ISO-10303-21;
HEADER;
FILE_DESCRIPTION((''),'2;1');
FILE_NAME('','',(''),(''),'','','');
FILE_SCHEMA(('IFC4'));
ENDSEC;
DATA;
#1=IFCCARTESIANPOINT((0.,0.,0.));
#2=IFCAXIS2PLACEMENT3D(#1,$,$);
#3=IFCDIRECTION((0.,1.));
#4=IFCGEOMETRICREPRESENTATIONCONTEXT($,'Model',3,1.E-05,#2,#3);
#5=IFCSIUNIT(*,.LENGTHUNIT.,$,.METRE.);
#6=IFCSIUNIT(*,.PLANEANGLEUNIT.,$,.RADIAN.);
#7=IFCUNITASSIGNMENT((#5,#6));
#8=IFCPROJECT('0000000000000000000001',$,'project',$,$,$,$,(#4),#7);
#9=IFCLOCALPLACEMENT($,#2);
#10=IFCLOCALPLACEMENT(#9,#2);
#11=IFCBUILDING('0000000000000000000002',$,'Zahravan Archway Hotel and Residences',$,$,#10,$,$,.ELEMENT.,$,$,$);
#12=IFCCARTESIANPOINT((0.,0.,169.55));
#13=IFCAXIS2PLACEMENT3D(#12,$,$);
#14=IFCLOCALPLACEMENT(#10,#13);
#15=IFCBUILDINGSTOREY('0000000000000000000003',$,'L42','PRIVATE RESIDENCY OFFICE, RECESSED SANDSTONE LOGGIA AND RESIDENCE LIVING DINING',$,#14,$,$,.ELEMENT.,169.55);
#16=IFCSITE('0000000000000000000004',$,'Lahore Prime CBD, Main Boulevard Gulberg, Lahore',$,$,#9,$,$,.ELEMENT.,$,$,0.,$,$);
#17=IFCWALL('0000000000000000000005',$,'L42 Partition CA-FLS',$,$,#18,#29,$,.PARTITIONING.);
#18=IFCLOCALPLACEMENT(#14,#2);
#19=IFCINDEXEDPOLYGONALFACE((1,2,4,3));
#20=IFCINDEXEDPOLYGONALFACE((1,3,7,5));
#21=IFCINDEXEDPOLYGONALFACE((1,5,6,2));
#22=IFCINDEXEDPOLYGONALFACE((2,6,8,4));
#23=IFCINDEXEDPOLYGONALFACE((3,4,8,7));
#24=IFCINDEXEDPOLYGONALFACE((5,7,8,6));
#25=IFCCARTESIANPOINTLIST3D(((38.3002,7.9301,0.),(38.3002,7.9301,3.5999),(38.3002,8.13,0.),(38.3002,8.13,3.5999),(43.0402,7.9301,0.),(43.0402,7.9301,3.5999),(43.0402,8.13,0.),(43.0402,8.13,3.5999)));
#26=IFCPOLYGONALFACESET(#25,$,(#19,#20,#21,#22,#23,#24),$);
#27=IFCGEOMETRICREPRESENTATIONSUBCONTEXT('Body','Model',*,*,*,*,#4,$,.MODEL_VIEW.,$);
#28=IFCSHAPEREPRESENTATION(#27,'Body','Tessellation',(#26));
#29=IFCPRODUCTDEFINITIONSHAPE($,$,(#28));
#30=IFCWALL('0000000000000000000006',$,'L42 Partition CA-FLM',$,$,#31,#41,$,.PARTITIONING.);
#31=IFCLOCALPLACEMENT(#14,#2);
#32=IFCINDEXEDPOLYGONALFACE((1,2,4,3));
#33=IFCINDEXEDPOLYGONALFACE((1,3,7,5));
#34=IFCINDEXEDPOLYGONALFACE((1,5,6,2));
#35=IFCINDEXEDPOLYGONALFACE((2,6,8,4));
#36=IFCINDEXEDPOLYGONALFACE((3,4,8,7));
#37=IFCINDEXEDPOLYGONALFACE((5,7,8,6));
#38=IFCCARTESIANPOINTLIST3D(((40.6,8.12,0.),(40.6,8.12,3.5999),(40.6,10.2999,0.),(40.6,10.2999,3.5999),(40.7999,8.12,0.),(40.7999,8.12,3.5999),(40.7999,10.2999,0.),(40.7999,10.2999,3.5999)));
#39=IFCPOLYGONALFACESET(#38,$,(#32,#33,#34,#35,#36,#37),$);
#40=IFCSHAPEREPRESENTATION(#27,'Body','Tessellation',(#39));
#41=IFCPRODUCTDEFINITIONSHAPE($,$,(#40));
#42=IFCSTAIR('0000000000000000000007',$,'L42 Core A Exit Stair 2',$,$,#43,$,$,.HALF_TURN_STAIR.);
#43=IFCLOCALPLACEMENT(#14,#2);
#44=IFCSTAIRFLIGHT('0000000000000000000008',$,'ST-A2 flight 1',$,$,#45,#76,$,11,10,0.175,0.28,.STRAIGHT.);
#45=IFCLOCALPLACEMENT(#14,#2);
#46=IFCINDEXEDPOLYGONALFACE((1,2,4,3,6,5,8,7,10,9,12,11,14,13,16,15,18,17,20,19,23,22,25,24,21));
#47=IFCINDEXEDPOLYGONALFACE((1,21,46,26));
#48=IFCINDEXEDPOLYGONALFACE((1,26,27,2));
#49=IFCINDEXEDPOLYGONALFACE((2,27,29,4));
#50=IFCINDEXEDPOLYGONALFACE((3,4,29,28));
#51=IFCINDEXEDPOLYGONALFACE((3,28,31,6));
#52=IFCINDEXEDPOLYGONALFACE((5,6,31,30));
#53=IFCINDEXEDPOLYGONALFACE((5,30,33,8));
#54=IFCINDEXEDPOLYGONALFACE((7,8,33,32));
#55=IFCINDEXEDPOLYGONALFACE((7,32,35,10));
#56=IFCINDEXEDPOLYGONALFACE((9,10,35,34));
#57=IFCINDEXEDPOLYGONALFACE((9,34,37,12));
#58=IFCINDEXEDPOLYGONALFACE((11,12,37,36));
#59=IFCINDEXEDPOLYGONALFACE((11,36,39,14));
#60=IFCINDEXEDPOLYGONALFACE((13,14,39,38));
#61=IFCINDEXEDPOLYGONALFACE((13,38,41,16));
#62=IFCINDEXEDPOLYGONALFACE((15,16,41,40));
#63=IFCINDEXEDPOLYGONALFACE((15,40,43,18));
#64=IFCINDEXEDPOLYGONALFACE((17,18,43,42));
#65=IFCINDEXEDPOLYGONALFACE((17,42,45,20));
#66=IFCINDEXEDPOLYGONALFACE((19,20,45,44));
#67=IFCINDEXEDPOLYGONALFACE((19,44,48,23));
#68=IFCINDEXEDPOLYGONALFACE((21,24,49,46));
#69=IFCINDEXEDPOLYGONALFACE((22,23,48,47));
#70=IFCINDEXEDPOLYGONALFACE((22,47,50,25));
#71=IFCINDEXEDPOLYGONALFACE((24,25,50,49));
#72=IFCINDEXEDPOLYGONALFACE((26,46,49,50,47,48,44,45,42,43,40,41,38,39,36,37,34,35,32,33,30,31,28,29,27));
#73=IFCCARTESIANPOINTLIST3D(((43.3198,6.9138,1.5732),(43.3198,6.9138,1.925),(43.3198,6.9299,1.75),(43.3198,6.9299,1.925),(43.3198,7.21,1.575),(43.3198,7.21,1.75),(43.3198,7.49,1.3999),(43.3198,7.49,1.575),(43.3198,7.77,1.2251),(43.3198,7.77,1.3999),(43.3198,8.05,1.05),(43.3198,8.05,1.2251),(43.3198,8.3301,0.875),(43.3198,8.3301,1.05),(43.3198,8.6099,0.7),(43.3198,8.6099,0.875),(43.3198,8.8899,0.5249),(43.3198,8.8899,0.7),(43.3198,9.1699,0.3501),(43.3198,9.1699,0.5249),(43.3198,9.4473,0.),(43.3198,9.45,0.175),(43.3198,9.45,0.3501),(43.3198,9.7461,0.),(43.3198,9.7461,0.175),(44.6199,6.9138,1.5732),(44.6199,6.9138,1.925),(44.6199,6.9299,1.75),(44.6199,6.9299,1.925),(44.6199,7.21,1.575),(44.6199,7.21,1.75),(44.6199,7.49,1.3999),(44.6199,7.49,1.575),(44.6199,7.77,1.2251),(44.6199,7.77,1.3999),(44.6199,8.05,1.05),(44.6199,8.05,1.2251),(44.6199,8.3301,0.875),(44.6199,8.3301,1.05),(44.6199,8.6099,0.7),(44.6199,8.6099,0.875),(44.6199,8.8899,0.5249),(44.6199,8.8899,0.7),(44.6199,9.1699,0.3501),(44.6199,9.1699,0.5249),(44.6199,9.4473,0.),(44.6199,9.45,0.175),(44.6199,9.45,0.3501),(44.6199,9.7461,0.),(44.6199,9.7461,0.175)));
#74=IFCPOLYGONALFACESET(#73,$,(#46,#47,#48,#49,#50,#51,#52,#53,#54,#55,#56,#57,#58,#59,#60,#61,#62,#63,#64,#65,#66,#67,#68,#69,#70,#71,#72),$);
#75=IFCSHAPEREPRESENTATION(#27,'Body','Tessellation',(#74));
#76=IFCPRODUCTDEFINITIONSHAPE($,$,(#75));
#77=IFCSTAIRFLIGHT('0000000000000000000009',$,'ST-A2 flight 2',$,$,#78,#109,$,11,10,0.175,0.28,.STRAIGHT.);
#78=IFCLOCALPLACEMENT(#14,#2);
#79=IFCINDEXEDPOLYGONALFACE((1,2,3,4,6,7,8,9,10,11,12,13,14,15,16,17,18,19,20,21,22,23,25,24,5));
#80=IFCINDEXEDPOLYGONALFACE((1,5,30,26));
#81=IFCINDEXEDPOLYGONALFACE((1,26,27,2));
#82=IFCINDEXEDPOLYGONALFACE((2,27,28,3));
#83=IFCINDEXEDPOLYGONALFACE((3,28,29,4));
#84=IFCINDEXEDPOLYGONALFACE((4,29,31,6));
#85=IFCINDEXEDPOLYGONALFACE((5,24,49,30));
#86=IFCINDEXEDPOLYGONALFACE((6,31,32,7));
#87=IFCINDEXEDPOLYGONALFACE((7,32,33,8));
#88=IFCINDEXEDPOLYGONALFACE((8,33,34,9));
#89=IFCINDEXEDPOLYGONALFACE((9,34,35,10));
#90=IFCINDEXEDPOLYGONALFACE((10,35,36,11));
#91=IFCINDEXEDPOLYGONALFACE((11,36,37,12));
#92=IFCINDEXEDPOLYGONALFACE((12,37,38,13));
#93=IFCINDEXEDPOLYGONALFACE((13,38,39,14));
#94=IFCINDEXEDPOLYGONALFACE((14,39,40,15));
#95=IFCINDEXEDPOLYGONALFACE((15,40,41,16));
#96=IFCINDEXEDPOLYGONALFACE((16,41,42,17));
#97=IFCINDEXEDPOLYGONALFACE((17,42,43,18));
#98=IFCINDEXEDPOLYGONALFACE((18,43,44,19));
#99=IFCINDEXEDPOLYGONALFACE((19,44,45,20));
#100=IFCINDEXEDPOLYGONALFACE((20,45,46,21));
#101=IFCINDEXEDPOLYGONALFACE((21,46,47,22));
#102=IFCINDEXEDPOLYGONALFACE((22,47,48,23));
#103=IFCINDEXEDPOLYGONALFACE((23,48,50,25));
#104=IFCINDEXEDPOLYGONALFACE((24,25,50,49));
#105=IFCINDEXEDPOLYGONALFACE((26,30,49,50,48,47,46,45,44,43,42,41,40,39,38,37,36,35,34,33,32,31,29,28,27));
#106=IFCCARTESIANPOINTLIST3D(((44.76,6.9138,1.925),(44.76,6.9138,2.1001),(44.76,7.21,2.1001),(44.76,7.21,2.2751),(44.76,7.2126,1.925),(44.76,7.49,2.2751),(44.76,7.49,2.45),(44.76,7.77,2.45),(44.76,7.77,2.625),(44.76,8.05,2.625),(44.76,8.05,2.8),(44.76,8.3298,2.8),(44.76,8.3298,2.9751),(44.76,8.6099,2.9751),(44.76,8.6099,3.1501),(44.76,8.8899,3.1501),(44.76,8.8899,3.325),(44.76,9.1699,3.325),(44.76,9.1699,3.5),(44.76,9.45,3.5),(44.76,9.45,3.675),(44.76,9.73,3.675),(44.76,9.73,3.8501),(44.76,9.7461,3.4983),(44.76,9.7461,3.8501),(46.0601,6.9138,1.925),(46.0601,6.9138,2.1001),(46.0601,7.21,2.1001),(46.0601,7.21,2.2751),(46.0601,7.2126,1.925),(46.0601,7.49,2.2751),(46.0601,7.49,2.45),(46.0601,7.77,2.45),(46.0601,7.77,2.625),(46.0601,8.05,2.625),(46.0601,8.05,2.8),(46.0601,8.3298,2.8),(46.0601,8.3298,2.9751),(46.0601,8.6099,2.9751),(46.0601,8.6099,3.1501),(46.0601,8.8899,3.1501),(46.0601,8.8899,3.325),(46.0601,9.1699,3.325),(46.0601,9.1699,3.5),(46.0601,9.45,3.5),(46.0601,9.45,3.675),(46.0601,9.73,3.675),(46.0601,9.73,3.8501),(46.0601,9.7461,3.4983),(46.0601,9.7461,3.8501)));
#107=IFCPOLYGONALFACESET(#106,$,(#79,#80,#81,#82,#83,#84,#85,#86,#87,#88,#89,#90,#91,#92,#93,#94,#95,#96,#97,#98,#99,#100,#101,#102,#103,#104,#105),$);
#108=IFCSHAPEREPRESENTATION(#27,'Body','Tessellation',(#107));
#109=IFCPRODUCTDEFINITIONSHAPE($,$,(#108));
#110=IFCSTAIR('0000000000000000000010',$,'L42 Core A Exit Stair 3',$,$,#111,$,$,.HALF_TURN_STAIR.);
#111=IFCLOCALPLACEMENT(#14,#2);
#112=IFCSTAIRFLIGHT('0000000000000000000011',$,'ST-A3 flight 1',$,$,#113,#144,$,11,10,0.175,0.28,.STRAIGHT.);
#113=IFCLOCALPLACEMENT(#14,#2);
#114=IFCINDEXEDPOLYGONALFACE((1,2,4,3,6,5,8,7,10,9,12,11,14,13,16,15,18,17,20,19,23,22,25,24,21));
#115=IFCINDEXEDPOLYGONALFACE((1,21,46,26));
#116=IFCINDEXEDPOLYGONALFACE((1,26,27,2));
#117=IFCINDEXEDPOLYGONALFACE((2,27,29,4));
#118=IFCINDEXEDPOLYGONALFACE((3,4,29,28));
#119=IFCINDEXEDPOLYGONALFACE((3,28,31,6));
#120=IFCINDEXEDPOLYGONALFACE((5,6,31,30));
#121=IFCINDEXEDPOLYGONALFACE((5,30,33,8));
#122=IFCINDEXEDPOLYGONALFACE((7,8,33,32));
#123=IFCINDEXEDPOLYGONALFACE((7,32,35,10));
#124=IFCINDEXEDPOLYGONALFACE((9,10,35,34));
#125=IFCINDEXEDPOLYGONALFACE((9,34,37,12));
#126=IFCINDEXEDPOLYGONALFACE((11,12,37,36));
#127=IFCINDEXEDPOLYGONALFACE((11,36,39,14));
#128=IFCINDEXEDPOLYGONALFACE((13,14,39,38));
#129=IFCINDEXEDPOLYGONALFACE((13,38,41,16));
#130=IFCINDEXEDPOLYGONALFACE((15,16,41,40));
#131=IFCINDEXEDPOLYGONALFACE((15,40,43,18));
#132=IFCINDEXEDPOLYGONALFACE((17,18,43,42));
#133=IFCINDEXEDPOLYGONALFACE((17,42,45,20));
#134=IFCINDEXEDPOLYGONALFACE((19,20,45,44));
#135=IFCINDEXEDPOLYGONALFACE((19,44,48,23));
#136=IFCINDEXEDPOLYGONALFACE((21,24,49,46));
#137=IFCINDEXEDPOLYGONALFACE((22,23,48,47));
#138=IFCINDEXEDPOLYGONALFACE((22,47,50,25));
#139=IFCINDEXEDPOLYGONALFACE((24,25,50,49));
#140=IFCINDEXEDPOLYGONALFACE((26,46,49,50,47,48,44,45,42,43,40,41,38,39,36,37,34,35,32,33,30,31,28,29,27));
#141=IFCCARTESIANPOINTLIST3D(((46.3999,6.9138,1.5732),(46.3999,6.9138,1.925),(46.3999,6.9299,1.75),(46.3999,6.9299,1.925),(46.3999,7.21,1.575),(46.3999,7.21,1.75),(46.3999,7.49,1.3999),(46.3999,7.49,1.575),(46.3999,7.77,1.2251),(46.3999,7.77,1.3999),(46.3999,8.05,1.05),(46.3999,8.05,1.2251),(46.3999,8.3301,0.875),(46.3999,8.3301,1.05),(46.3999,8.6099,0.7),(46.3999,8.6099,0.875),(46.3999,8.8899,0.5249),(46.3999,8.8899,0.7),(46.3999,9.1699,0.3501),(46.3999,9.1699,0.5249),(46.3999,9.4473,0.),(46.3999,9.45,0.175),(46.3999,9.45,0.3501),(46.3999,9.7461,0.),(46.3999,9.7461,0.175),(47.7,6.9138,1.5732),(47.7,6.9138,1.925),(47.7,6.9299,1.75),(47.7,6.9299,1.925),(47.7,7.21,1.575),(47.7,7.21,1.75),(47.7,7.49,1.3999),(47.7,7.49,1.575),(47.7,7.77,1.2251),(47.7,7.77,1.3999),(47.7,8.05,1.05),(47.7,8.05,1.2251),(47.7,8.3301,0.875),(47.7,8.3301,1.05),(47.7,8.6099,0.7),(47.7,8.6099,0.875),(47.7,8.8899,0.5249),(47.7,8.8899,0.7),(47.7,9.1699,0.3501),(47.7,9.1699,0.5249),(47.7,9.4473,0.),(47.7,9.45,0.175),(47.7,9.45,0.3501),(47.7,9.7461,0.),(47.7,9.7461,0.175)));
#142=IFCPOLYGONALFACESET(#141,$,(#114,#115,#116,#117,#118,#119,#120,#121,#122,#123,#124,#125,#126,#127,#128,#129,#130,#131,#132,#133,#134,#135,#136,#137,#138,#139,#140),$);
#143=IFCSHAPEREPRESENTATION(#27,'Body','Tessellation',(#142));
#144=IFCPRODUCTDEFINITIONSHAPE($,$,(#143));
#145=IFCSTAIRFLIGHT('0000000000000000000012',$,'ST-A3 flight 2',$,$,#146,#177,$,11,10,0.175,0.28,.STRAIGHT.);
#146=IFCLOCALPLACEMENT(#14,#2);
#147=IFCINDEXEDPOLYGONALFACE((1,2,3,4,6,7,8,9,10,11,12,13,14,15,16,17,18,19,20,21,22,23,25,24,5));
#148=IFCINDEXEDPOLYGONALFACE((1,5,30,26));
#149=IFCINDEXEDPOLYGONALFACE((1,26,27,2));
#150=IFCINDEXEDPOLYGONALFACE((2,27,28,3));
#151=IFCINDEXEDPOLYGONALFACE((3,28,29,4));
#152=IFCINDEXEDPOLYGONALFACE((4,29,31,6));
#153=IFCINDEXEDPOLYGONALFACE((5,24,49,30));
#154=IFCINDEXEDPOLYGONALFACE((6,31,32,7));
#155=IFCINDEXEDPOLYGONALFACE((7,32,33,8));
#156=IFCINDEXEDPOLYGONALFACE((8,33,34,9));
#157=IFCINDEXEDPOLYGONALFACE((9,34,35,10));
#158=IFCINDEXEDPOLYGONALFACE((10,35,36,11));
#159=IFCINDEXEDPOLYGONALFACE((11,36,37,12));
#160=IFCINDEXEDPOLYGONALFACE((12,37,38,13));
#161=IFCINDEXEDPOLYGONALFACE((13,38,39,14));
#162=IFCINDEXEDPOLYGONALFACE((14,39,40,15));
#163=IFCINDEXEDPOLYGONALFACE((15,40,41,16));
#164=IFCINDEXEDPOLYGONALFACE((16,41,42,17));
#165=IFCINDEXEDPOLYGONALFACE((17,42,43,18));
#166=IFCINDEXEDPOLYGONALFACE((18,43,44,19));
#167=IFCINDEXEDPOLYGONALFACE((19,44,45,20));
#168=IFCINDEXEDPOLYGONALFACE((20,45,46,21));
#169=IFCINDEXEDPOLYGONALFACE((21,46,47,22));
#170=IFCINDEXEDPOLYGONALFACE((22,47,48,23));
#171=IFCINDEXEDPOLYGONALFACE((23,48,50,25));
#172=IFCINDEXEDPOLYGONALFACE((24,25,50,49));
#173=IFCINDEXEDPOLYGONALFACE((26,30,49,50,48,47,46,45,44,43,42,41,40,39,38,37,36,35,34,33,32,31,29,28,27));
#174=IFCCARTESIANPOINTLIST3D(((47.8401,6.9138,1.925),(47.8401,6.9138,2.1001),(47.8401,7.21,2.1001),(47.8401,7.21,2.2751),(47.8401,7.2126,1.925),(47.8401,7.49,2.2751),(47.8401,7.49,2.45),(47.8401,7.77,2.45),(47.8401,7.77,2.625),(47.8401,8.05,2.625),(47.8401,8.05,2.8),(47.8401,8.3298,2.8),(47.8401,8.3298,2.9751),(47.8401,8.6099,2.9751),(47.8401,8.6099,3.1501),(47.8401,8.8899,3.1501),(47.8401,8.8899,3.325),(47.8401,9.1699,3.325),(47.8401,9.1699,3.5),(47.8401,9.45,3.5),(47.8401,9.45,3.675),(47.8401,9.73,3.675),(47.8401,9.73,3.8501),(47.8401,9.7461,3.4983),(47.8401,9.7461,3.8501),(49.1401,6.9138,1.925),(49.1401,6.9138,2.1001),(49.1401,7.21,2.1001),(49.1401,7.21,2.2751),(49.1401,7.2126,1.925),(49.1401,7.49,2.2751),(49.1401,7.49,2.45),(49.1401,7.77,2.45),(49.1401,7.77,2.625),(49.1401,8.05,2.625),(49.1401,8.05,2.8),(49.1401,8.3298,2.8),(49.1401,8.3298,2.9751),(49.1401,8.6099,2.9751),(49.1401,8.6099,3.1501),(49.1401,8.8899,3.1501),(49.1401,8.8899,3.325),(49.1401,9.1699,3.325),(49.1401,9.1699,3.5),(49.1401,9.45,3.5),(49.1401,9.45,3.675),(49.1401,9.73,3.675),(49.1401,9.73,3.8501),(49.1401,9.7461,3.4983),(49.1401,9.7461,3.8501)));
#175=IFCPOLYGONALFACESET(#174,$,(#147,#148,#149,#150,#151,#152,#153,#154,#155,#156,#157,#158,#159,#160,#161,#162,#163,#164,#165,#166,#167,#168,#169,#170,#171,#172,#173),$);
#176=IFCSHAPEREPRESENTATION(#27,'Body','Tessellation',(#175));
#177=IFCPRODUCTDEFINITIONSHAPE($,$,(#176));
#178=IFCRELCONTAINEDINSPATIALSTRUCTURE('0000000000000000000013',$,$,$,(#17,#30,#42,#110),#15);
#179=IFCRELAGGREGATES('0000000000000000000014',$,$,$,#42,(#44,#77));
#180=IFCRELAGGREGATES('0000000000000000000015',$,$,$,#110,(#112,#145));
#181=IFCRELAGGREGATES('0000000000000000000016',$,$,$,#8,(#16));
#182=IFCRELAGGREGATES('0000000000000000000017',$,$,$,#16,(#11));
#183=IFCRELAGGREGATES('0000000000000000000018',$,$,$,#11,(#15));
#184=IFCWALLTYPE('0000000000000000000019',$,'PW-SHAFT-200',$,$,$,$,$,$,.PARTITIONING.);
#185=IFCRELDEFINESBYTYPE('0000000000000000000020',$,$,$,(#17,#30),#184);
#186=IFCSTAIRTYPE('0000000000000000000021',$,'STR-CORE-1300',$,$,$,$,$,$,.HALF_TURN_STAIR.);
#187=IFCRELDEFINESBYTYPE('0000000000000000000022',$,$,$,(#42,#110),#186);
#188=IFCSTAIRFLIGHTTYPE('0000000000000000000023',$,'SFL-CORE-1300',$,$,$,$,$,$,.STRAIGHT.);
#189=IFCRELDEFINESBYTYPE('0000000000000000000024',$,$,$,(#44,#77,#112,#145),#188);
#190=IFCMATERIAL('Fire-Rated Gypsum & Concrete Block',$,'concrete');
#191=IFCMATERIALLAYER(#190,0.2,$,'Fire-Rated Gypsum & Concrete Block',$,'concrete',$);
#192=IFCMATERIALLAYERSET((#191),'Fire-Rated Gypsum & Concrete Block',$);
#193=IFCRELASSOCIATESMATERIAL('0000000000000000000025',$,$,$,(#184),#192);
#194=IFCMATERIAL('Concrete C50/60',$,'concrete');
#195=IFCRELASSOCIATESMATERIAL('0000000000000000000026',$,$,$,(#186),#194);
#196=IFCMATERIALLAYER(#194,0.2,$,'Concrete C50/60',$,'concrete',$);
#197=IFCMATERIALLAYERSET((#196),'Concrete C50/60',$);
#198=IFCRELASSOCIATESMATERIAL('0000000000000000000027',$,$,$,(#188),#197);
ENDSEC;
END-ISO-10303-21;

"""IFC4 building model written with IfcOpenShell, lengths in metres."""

from ifc_helpers import new_model, si_unit, direction, frame, frame_2d, origin, place, context, subcontext, project, spatial, polyline, rectangle, outline, extrude, source, transform, mapped, material, layer, layer_set, type_object, element, aggregate, save


model = new_model("IFC4")

# Units and contexts
model_context = context("Model", 3, precision=1e-05, world=origin(), true_north=direction((0.0, 1.0)))
body_context = subcontext(model_context, "Body", "Model", "MODEL_VIEW")
ifc_project = project(units=[si_unit("LENGTHUNIT", "METRE"), si_unit("PLANEANGLEUNIT", "RADIAN")], contexts=[model_context])

# Site, building, storey
site_placement = place(None, origin())
site = spatial("IfcSite", under=ifc_project, at=site_placement, Name="Lahore Prime CBD, Main Boulevard Gulberg, Lahore", CompositionType="ELEMENT", RefElevation=0.0)
building_placement = place(site_placement, origin())
building = spatial("IfcBuilding", under=site, at=building_placement, Name="Zahravan Archway Hotel and Residences", CompositionType="ELEMENT")
storey_placement = place(building_placement, frame((0.0, 0.0, 169.55)))
storey = spatial("IfcBuildingStorey", under=building, at=storey_placement, Name="L42", Description="PRIVATE RESIDENCY OFFICE, RECESSED SANDSTONE LOGGIA AND RESIDENCE LIVING DINING", CompositionType="ELEMENT", Elevation=169.55)

# Walls
ifc_material_1 = material(Name="Fire-Rated Gypsum & Concrete Block", Category="concrete")
ifc_layer_1 = layer(ifc_material_1, 0.2, Name="Fire-Rated Gypsum & Concrete Block", Category="concrete")
ifc_layer_set_1 = layer_set([ifc_layer_1], Name="Fire-Rated Gypsum & Concrete Block")
wall_type = type_object("IfcWallType", Name="PW-SHAFT-200", PredefinedType="PARTITIONING", material=ifc_layer_set_1)
wall_1_placement = place(storey_placement, frame((38.3, 8.03, 0.0), z_axis=(0.0, 0.0, 1.0), x_axis=(1.0, 0.0, 0.0)))
element("IfcWall", 1, at=wall_1_placement, inside=storey, type_object=wall_type, Name="L42 Partition CA-FLS", PredefinedType="PARTITIONING", context=body_context, shape_type="SweptSolid", body=[
    extrude(rectangle(XDim=4.74, YDim=0.2, at=frame_2d((2.3701, 0.0))), origin(), (0.0, 0.0, 1.0), 3.5999),
])
wall_2_placement = place(storey_placement, frame((40.7, 8.1201, 0.0), z_axis=(0.0, 0.0, 1.0), x_axis=(0.0, 1.0, 0.0)))
element("IfcWall", 2, at=wall_2_placement, inside=storey, type_object=wall_type, Name="L42 Partition CA-FLM", PredefinedType="PARTITIONING", context=body_context, shape_type="SweptSolid", body=[
    extrude(rectangle(XDim=2.1799, YDim=0.2, at=frame_2d((1.0898, 0.0))), origin(), (0.0, 0.0, 1.0), 3.5999),
])

# Stairs, stair flights
ifc_material_2 = material(Name="Concrete C50/60", Category="concrete")
stair_type = type_object("IfcStairType", Name="STR-CORE-1300", PredefinedType="HALF_TURN_STAIR", material=ifc_material_2)
stair_1_placement = place(storey_placement, origin())
stair_1 = element("IfcStair", 3, at=stair_1_placement, inside=storey, type_object=stair_type, Name="L42 Core A Exit Stair 2", PredefinedType="HALF_TURN_STAIR")
ifc_layer_2 = layer(ifc_material_2, 0.2, Name="Concrete C50/60", Category="concrete")
ifc_layer_set_2 = layer_set([ifc_layer_2], Name="Concrete C50/60")
stair_flight_type = type_object("IfcStairFlightType", Name="SFL-CORE-1300", PredefinedType="STRAIGHT", material=ifc_layer_set_2)
shared_shape = source(origin(), body_context, "Body", "SweptSolid", [
    extrude(outline(polyline([(-0.0161, 0.0), (-0.0161, 0.175), (0.28, 0.175), (0.28, 0.3501), (0.5601, 0.3501), (0.5601, 0.5249), (0.8401, 0.5249), (0.8401, 0.7), (1.1201, 0.7), (1.1201, 0.875), (1.3999, 0.875), (1.3999, 1.05), (1.6799, 1.05), (1.6799, 1.2251), (1.96, 1.2251), (1.96, 1.3999), (2.24, 1.3999), (2.24, 1.575), (2.52, 1.575), (2.52, 1.75), (2.8, 1.75), (2.8, 1.925), (2.8162, 1.925), (2.8162, 1.5732), (0.2827, 0.0), (-0.0161, 0.0)])), frame((0.0, 0.6499, 0.0), z_axis=(0.0, -1.0, 0.0), x_axis=(1.0, 0.0, 0.0)), (0.0, 0.0, 1.0), 1.3),
])
stair_flight_1_placement = place(storey_placement, frame((43.97, 9.73, 0.0), z_axis=(0.0, 0.0, 1.0), x_axis=(0.0, -1.0, 0.0)))
stair_flight_1 = element("IfcStairFlight", 4, at=stair_flight_1_placement, type_object=stair_flight_type, Name="ST-A2 flight 1", NumberOfRisers=11, NumberOfTreads=10, PredefinedType="STRAIGHT", RiserHeight=0.175, TreadLength=0.28, context=body_context, shape_type="MappedRepresentation", body=[
    mapped(shared_shape, transform((0.0, 0.0, 0.0), scale=1.0)),
])
stair_flight_2_placement = place(storey_placement, frame((45.4099, 6.9299, 1.925), z_axis=(0.0, 0.0, 1.0), x_axis=(0.0, 1.0, 0.0)))
stair_flight_2 = element("IfcStairFlight", 5, at=stair_flight_2_placement, type_object=stair_flight_type, Name="ST-A2 flight 2", NumberOfRisers=11, NumberOfTreads=10, PredefinedType="STRAIGHT", RiserHeight=0.175, TreadLength=0.28, context=body_context, shape_type="MappedRepresentation", body=[
    mapped(shared_shape, transform((0.0, 0.0, 0.0), scale=1.0)),
])
aggregate(stair_1, [stair_flight_1, stair_flight_2])
stair_2_placement = place(storey_placement, origin())
stair_2 = element("IfcStair", 6, at=stair_2_placement, inside=storey, type_object=stair_type, Name="L42 Core A Exit Stair 3", PredefinedType="HALF_TURN_STAIR")
stair_flight_3_placement = place(storey_placement, frame((47.05, 9.73, 0.0), z_axis=(0.0, 0.0, 1.0), x_axis=(0.0, -1.0, 0.0)))
stair_flight_3 = element("IfcStairFlight", 7, at=stair_flight_3_placement, type_object=stair_flight_type, Name="ST-A3 flight 1", NumberOfRisers=11, NumberOfTreads=10, PredefinedType="STRAIGHT", RiserHeight=0.175, TreadLength=0.28, context=body_context, shape_type="MappedRepresentation", body=[
    mapped(shared_shape, transform((0.0, 0.0, 0.0), scale=1.0)),
])
stair_flight_4_placement = place(storey_placement, frame((48.49, 6.9299, 1.925), z_axis=(0.0, 0.0, 1.0), x_axis=(0.0, 1.0, 0.0)))
stair_flight_4 = element("IfcStairFlight", 8, at=stair_flight_4_placement, type_object=stair_flight_type, Name="ST-A3 flight 2", NumberOfRisers=11, NumberOfTreads=10, PredefinedType="STRAIGHT", RiserHeight=0.175, TreadLength=0.28, context=body_context, shape_type="MappedRepresentation", body=[
    mapped(shared_shape, transform((0.0, 0.0, 0.0), scale=1.0)),
])
aggregate(stair_2, [stair_flight_3, stair_flight_4])

save(model, "model.ifc")
